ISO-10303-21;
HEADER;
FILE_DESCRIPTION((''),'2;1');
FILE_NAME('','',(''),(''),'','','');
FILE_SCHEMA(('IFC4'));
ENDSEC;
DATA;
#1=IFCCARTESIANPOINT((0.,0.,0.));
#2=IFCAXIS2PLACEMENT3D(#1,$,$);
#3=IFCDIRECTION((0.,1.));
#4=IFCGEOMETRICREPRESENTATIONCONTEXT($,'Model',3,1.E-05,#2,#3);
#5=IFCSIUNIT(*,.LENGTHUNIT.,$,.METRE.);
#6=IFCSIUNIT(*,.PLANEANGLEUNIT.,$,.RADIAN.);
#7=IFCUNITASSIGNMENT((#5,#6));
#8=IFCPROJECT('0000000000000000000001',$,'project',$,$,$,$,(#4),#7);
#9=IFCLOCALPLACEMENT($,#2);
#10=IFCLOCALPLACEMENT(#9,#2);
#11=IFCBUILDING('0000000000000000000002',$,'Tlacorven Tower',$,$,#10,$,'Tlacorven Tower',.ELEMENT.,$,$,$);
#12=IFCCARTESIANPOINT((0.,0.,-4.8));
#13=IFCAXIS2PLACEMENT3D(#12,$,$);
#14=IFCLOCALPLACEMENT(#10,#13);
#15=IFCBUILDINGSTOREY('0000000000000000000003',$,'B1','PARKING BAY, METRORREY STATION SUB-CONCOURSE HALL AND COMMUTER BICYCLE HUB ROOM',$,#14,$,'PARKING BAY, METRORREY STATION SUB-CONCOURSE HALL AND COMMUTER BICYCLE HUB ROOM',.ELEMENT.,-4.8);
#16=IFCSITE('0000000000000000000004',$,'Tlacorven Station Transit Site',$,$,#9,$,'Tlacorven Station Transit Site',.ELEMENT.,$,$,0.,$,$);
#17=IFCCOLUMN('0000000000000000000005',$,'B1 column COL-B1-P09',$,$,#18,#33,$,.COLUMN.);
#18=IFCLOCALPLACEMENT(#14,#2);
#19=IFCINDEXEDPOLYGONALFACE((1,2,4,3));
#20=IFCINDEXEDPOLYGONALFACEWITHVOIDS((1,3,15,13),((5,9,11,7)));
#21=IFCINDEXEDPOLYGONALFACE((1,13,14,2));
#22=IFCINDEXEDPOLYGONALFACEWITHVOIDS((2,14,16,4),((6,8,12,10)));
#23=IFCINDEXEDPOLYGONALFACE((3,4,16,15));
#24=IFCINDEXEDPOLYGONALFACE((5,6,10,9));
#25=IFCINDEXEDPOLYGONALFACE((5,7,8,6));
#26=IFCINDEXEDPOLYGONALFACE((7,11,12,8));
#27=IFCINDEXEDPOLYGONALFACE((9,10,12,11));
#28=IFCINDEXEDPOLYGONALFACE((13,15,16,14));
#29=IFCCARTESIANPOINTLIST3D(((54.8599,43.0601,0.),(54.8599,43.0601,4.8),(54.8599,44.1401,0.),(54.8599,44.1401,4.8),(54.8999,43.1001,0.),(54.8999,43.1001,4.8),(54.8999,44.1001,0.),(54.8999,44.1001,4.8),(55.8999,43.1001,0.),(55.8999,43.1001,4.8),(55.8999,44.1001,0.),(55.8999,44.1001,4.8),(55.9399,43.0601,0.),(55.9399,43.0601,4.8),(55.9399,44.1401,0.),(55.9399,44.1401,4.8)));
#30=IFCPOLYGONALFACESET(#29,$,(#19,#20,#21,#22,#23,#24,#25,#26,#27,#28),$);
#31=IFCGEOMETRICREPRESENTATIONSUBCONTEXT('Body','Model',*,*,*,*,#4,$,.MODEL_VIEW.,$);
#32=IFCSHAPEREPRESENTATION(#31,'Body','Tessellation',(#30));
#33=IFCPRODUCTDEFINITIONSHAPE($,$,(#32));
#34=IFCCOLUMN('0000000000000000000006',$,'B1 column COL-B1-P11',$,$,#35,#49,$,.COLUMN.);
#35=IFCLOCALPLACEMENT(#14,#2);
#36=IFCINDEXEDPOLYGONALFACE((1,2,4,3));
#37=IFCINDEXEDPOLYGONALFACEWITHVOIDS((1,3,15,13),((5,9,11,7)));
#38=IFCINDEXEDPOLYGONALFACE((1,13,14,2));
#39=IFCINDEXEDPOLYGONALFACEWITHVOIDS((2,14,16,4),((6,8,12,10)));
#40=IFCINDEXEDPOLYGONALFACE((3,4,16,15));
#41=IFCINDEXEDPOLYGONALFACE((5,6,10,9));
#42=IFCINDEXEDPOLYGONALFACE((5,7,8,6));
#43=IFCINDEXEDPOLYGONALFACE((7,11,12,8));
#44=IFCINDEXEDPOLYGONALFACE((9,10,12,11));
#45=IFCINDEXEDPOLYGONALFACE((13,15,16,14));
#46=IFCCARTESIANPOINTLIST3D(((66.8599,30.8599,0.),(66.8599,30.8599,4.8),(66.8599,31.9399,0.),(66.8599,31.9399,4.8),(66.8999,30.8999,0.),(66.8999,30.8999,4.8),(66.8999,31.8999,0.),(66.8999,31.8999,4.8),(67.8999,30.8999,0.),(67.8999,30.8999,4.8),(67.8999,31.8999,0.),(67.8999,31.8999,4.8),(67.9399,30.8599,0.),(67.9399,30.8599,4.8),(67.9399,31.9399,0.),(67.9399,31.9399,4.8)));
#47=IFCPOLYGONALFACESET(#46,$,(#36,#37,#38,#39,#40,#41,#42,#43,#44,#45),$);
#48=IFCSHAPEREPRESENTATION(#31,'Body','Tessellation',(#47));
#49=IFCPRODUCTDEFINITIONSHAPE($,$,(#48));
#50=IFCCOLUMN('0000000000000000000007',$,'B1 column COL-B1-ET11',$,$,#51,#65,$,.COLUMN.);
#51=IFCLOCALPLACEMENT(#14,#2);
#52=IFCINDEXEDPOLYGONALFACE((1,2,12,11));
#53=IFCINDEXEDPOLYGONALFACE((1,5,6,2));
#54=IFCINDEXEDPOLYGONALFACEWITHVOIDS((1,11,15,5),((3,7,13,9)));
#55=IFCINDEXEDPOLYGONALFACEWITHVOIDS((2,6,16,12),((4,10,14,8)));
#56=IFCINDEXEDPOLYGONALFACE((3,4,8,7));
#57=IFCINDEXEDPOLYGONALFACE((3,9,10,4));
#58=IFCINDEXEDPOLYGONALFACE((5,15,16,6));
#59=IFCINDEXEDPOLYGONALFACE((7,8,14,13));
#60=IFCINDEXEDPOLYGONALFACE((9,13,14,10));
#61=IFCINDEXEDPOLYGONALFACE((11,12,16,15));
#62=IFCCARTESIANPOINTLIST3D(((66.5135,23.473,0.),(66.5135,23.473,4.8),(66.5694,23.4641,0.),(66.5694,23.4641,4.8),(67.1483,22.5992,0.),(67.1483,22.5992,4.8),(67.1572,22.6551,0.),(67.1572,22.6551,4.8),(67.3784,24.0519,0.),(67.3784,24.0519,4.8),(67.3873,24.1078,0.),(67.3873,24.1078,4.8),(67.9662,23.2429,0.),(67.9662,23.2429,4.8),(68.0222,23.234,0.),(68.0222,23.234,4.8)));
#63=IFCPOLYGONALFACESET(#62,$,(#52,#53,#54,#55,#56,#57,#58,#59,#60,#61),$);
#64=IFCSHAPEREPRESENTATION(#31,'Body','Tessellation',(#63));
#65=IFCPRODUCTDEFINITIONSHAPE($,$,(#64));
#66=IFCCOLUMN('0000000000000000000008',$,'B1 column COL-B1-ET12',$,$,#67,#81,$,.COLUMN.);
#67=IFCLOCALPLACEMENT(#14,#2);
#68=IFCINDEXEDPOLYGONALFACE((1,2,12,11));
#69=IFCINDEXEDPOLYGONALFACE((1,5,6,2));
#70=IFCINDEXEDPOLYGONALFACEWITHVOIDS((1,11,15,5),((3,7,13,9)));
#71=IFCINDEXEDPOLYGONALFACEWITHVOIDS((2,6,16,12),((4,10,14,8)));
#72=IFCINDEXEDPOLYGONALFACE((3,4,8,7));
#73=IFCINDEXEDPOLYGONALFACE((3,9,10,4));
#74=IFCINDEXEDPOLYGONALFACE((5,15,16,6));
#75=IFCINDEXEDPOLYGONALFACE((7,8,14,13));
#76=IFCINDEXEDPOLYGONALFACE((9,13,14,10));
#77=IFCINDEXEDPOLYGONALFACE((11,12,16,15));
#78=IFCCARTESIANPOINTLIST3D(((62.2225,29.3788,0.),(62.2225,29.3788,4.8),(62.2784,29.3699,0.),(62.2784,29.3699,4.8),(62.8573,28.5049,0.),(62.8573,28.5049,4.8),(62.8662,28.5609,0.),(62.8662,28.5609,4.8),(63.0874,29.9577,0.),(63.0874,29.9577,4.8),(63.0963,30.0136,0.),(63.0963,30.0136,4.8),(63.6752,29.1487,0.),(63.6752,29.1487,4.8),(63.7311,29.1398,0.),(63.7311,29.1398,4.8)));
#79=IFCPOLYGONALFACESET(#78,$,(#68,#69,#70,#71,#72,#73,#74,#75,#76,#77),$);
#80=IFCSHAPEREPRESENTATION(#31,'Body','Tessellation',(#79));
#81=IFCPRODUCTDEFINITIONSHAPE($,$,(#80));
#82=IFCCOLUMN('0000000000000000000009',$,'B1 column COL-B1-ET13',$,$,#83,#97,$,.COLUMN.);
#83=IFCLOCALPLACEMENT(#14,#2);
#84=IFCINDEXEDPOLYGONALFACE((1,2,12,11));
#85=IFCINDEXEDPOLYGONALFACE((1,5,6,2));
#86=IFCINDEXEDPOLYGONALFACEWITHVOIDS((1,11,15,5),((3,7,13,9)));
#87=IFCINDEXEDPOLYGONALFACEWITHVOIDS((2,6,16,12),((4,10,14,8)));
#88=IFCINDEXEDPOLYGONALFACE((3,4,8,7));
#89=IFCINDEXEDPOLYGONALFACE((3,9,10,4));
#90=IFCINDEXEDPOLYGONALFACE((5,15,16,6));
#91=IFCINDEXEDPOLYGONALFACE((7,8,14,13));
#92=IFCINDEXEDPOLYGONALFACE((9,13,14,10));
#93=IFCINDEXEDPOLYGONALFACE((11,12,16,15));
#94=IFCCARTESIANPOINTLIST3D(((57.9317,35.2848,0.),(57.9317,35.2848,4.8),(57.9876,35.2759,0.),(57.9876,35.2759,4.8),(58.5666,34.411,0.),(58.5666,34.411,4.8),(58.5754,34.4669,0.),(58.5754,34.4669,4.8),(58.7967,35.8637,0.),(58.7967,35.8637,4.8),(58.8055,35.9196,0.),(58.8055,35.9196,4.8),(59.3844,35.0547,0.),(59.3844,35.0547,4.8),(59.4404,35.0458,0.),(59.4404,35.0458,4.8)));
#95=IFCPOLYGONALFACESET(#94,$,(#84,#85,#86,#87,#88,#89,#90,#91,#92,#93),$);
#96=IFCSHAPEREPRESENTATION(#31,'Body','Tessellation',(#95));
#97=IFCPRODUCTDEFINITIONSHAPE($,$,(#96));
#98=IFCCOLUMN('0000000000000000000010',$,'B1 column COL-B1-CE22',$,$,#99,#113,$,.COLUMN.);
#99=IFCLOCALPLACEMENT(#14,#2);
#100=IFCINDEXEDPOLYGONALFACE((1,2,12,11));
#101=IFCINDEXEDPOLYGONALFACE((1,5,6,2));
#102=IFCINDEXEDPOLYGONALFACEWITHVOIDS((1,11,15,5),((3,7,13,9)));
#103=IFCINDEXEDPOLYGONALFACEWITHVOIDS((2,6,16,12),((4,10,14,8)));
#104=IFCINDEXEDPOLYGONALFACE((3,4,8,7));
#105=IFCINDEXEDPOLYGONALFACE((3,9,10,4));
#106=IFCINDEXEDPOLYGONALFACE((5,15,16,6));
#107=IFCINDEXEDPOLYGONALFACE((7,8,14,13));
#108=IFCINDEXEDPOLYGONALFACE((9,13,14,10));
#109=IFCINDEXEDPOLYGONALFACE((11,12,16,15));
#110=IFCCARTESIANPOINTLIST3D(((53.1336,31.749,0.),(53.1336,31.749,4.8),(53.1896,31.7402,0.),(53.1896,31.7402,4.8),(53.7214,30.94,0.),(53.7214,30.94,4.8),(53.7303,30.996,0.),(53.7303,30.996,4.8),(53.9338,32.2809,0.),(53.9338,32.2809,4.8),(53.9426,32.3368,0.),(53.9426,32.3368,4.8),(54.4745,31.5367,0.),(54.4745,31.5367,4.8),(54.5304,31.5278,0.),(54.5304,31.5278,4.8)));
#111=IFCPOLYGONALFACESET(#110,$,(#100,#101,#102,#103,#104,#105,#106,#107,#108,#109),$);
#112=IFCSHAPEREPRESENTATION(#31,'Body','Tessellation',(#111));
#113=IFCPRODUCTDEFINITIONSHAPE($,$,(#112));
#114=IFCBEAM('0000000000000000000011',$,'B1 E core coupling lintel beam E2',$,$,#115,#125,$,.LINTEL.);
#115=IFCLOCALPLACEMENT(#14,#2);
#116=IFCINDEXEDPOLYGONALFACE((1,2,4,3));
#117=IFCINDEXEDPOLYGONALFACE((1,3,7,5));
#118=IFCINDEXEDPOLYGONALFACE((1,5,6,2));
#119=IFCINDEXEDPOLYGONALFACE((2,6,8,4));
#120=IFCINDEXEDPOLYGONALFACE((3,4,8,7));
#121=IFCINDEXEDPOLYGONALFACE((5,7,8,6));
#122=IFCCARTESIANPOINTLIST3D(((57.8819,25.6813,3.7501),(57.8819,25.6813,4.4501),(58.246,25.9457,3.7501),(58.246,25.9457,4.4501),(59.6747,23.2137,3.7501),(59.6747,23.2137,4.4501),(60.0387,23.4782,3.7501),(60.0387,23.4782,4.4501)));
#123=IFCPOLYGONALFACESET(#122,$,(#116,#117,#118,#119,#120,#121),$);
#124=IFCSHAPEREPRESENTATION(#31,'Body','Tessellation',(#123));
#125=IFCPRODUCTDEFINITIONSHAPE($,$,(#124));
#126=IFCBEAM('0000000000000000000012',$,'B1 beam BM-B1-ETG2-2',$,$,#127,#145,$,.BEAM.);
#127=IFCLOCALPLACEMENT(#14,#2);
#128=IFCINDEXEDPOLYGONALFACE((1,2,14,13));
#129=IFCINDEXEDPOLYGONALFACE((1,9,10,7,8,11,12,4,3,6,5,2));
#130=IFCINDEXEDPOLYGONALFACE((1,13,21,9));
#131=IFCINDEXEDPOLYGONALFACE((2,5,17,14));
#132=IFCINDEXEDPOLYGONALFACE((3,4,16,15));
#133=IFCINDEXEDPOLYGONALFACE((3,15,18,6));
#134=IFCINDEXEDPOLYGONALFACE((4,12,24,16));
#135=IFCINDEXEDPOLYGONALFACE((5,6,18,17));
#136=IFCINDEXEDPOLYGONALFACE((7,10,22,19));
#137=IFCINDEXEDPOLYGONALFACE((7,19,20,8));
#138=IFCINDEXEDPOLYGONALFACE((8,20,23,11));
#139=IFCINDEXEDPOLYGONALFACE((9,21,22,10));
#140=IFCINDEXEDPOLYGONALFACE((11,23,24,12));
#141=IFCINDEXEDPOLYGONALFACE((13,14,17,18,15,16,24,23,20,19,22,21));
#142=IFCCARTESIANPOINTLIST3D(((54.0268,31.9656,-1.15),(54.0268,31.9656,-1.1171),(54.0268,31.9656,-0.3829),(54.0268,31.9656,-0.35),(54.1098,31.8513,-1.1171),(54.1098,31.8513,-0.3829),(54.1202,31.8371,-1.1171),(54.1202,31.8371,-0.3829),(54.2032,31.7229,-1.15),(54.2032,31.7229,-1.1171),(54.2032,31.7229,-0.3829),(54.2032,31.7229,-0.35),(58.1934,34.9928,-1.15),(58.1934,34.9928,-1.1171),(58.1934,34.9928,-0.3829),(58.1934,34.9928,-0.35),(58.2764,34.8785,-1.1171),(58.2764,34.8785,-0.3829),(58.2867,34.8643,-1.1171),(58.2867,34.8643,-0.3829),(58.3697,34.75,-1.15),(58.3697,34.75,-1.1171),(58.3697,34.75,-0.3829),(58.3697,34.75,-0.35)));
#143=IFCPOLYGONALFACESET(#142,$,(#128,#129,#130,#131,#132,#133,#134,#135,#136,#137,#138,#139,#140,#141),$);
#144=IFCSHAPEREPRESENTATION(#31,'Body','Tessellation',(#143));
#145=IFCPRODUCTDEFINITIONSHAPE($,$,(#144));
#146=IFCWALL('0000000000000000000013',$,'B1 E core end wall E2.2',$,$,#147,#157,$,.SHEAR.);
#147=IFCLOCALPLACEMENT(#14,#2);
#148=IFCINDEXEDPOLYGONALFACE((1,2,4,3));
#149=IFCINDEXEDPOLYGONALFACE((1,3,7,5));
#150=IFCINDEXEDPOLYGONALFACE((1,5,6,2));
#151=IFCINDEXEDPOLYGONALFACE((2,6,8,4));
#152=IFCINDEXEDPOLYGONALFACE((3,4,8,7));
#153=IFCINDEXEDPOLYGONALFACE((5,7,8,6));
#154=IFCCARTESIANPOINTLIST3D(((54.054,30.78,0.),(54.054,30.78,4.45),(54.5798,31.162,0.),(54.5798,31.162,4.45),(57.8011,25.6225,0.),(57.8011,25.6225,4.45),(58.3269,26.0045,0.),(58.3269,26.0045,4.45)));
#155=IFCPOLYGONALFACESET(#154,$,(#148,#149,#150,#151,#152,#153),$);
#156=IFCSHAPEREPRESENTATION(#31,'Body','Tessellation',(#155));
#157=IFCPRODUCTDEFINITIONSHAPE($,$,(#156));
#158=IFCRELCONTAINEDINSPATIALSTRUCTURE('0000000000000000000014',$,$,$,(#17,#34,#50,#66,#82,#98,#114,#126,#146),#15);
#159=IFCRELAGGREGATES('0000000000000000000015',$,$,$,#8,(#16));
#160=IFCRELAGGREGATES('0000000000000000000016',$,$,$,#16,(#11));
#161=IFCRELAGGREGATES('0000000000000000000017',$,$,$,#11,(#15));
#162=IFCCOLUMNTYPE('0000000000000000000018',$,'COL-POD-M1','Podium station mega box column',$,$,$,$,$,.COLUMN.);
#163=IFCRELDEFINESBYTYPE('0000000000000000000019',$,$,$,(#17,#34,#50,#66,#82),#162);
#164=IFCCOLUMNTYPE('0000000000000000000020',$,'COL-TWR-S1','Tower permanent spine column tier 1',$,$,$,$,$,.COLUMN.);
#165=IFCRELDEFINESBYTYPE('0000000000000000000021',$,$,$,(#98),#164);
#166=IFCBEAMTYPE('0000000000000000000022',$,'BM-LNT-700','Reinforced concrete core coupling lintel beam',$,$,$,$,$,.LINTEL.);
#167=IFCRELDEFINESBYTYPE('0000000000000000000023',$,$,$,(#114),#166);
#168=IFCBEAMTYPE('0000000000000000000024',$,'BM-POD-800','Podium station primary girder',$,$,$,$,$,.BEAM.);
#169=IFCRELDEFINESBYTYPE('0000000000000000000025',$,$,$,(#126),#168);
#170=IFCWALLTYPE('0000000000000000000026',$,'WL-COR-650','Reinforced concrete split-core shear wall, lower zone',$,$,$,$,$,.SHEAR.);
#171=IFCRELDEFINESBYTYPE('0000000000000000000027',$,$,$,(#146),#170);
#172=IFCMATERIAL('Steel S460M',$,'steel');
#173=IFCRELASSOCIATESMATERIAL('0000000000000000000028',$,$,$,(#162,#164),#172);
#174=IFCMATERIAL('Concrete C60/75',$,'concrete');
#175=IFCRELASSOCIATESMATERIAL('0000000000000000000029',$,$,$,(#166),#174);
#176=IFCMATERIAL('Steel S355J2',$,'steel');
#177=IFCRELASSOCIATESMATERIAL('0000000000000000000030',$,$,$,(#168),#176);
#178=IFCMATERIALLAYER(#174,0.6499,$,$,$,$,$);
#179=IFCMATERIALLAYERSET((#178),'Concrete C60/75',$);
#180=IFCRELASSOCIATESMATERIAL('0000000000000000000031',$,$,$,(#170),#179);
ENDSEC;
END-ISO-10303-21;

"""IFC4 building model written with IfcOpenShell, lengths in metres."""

from ifc_helpers import new_model, si_unit, direction, frame, frame_2d, origin, origin_2d, place, context, subcontext, project, spatial, rectangle, hollow_rectangle, i_section, extrude, source, transform, mapped, material, layer, layer_set, material_profile, profile_set, type_object, element, save


model = new_model("IFC4")

# Units and contexts
model_context = context("Model", 3, precision=1e-05, world=origin(), true_north=direction((0.0, 1.0)))
body_context = subcontext(model_context, "Body", "Model", "MODEL_VIEW")
ifc_project = project(units=[si_unit("LENGTHUNIT", "METRE"), si_unit("PLANEANGLEUNIT", "RADIAN")], contexts=[model_context])

# Site, building, storey
site_placement = place(None, origin())
site = spatial("IfcSite", under=ifc_project, at=site_placement, Name="Tlacorven Station Transit Site", LongName="Tlacorven Station Transit Site", CompositionType="ELEMENT", RefElevation=0.0)
building_placement = place(site_placement, origin())
building = spatial("IfcBuilding", under=site, at=building_placement, Name="Tlacorven Tower", LongName="Tlacorven Tower", CompositionType="ELEMENT")
storey_placement = place(building_placement, frame((0.0, 0.0, -4.8)))
storey = spatial("IfcBuildingStorey", under=building, at=storey_placement, Name="B1", Description="PARKING BAY, METRORREY STATION SUB-CONCOURSE HALL AND COMMUTER BICYCLE HUB ROOM", LongName="PARKING BAY, METRORREY STATION SUB-CONCOURSE HALL AND COMMUTER BICYCLE HUB ROOM", CompositionType="ELEMENT", Elevation=-4.8)

# Columns
ifc_material_1 = material(Name="Steel S460M", Category="steel")
ifc_material_profile_1 = material_profile(ifc_material_1, hollow_rectangle(XDim=1.0801, YDim=1.0801, WallThickness=0.04, at=origin_2d()), Name="BOX 1080X1080X40")
ifc_profile_set_1 = profile_set([ifc_material_profile_1], Name="Steel S460M")
column_type_1 = type_object("IfcColumnType", Name="COL-POD-M1", Description="Podium station mega box column", PredefinedType="COLUMN", material=ifc_profile_set_1)
shared_shape_1 = source(origin(), body_context, "Body", "SweptSolid", [
    extrude(hollow_rectangle(XDim=1.0801, YDim=1.0801, WallThickness=0.04, at=origin_2d()), origin(), (0.0, 0.0, 1.0), 4.8),
])
for number, where, z_axis, x_axis, name in (
    (1, (55.3999, 43.6001, 0.0), (0.0, 0.0, 1.0), (1.0, 0.0, 0.0), "B1 column COL-B1-P09"),
    (2, (67.3999, 31.3999, 0.0), (0.0, 0.0, 1.0), (1.0, 0.0, 0.0), "B1 column COL-B1-P11"),
    (3, (67.2678, 23.3535, 0.0), (0.0, 0.0, 1.0), (0.809017, 0.587785, 0.0), "B1 column COL-B1-ET11"),
    (4, (62.9768, 29.2593, 0.0), (0.0, 0.0, 1.0), (0.809017, 0.587785, 0.0), "B1 column COL-B1-ET12"),
    (5, (58.686, 35.1653, 0.0), (0.0, 0.0, 1.0), (0.809017, 0.587785, 0.0), "B1 column COL-B1-ET13"),
):
    element("IfcColumn", number, at=place(storey_placement, frame(where, z_axis=z_axis, x_axis=x_axis)), inside=storey, type_object=column_type_1, Name=name, PredefinedType="COLUMN", context=body_context, shape_type="MappedRepresentation", body=[
        mapped(shared_shape_1, transform((0.0, 0.0, 0.0), scale=1.0)),
    ])
ifc_material_profile_2 = material_profile(ifc_material_1, hollow_rectangle(XDim=1.0, YDim=1.0, WallThickness=0.04, at=origin_2d()), Name="BOX 1000X1000X40")
ifc_profile_set_2 = profile_set([ifc_material_profile_2], Name="Steel S460M")
column_type_2 = type_object("IfcColumnType", Name="COL-TWR-S1", Description="Tower permanent spine column tier 1", PredefinedType="COLUMN", material=ifc_profile_set_2)
shared_shape_2 = source(origin(), body_context, "Body", "SweptSolid", [
    extrude(hollow_rectangle(XDim=1.0, YDim=1.0, WallThickness=0.04, at=origin_2d()), origin(), (0.0, 0.0, 1.0), 4.8),
])
column_placement = place(storey_placement, frame((53.832, 31.6384, 0.0), z_axis=(0.0, 0.0, 1.0), x_axis=(0.809017, 0.587785, 0.0)))
element("IfcColumn", 6, at=column_placement, inside=storey, type_object=column_type_2, Name="B1 column COL-B1-CE22", PredefinedType="COLUMN", context=body_context, shape_type="MappedRepresentation", body=[
    mapped(shared_shape_2, transform((0.0, 0.0, 0.0), scale=1.0)),
])

# Beams
ifc_material_2 = material(Name="Concrete C60/75", Category="concrete")
ifc_material_profile_3 = material_profile(ifc_material_2, rectangle(XDim=0.45, YDim=0.7, at=origin_2d()), Name="RC 450X700")
ifc_profile_set_3 = profile_set([ifc_material_profile_3], Name="Concrete C60/75")
beam_type_1 = type_object("IfcBeamType", Name="BM-LNT-700", Description="Reinforced concrete core coupling lintel beam", PredefinedType="LINTEL", material=ifc_profile_set_3)
shared_shape_3 = source(origin(), body_context, "Body", "SweptSolid", [
    extrude(rectangle(XDim=0.45, YDim=0.7, at=origin_2d()), origin(), (0.0, 0.0, 1.0), 3.05),
])
beam_1_placement = place(storey_placement, frame((59.8567, 23.3459, 4.1001), z_axis=(-0.587777, 0.809023, 0.0), x_axis=(-0.809023, -0.587777, 0.0)))
element("IfcBeam", 7, at=beam_1_placement, inside=storey, type_object=beam_type_1, Name="B1 E core coupling lintel beam E2", PredefinedType="LINTEL", context=body_context, shape_type="MappedRepresentation", body=[
    mapped(shared_shape_3, transform((0.0, 0.0, 0.0), scale=1.0)),
])
ifc_material_3 = material(Name="Steel S355J2", Category="steel")
ifc_material_profile_4 = material_profile(ifc_material_3, i_section(OverallWidth=0.3, OverallDepth=0.8, WebThickness=0.0176, FlangeThickness=0.033, at=origin_2d()), Name="HEB 800")
ifc_profile_set_4 = profile_set([ifc_material_profile_4], Name="Steel S355J2")
beam_type_2 = type_object("IfcBeamType", Name="BM-POD-800", Description="Podium station primary girder", PredefinedType="BEAM", material=ifc_profile_set_4)
shared_shape_4 = source(origin(), body_context, "Body", "SweptSolid", [
    extrude(i_section(OverallWidth=0.3, OverallDepth=0.8, WebThickness=0.0176, FlangeThickness=0.033, at=origin_2d()), origin(), (0.0, 0.0, 1.0), 5.1501),
])
beam_2_placement = place(storey_placement, frame((54.115, 31.8442, -0.75), z_axis=(0.809021, 0.58778, 0.0), x_axis=(-0.58778, 0.809021, 0.0)))
element("IfcBeam", 8, at=beam_2_placement, inside=storey, type_object=beam_type_2, Name="B1 beam BM-B1-ETG2-2", PredefinedType="BEAM", context=body_context, shape_type="MappedRepresentation", body=[
    mapped(shared_shape_4, transform((0.0, 0.0, 0.0), scale=1.0)),
])

# Wall
ifc_layer_1 = layer(ifc_material_2, 0.6499)
ifc_layer_set_1 = layer_set([ifc_layer_1], Name="Concrete C60/75")
wall_type_1 = type_object("IfcWallType", Name="WL-COR-650", Description="Reinforced concrete split-core shear wall, lower zone", PredefinedType="SHEAR", material=ifc_layer_set_1)
wall_1_placement = place(storey_placement, frame((58.064, 25.8135, 0.0), z_axis=(0.0, 0.0, 1.0), x_axis=(-0.58778, 0.809021, 0.0)))
element("IfcWall", 9, at=wall_1_placement, inside=storey, type_object=wall_type_1, Name="B1 E core end wall E2.2", PredefinedType="SHEAR", context=body_context, shape_type="SweptSolid", body=[
    extrude(rectangle(XDim=6.375, YDim=0.6499, at=frame_2d((3.1875, 0.0))), origin(), (0.0, 0.0, 1.0), 4.45),
])

save(model, "model.ifc")
